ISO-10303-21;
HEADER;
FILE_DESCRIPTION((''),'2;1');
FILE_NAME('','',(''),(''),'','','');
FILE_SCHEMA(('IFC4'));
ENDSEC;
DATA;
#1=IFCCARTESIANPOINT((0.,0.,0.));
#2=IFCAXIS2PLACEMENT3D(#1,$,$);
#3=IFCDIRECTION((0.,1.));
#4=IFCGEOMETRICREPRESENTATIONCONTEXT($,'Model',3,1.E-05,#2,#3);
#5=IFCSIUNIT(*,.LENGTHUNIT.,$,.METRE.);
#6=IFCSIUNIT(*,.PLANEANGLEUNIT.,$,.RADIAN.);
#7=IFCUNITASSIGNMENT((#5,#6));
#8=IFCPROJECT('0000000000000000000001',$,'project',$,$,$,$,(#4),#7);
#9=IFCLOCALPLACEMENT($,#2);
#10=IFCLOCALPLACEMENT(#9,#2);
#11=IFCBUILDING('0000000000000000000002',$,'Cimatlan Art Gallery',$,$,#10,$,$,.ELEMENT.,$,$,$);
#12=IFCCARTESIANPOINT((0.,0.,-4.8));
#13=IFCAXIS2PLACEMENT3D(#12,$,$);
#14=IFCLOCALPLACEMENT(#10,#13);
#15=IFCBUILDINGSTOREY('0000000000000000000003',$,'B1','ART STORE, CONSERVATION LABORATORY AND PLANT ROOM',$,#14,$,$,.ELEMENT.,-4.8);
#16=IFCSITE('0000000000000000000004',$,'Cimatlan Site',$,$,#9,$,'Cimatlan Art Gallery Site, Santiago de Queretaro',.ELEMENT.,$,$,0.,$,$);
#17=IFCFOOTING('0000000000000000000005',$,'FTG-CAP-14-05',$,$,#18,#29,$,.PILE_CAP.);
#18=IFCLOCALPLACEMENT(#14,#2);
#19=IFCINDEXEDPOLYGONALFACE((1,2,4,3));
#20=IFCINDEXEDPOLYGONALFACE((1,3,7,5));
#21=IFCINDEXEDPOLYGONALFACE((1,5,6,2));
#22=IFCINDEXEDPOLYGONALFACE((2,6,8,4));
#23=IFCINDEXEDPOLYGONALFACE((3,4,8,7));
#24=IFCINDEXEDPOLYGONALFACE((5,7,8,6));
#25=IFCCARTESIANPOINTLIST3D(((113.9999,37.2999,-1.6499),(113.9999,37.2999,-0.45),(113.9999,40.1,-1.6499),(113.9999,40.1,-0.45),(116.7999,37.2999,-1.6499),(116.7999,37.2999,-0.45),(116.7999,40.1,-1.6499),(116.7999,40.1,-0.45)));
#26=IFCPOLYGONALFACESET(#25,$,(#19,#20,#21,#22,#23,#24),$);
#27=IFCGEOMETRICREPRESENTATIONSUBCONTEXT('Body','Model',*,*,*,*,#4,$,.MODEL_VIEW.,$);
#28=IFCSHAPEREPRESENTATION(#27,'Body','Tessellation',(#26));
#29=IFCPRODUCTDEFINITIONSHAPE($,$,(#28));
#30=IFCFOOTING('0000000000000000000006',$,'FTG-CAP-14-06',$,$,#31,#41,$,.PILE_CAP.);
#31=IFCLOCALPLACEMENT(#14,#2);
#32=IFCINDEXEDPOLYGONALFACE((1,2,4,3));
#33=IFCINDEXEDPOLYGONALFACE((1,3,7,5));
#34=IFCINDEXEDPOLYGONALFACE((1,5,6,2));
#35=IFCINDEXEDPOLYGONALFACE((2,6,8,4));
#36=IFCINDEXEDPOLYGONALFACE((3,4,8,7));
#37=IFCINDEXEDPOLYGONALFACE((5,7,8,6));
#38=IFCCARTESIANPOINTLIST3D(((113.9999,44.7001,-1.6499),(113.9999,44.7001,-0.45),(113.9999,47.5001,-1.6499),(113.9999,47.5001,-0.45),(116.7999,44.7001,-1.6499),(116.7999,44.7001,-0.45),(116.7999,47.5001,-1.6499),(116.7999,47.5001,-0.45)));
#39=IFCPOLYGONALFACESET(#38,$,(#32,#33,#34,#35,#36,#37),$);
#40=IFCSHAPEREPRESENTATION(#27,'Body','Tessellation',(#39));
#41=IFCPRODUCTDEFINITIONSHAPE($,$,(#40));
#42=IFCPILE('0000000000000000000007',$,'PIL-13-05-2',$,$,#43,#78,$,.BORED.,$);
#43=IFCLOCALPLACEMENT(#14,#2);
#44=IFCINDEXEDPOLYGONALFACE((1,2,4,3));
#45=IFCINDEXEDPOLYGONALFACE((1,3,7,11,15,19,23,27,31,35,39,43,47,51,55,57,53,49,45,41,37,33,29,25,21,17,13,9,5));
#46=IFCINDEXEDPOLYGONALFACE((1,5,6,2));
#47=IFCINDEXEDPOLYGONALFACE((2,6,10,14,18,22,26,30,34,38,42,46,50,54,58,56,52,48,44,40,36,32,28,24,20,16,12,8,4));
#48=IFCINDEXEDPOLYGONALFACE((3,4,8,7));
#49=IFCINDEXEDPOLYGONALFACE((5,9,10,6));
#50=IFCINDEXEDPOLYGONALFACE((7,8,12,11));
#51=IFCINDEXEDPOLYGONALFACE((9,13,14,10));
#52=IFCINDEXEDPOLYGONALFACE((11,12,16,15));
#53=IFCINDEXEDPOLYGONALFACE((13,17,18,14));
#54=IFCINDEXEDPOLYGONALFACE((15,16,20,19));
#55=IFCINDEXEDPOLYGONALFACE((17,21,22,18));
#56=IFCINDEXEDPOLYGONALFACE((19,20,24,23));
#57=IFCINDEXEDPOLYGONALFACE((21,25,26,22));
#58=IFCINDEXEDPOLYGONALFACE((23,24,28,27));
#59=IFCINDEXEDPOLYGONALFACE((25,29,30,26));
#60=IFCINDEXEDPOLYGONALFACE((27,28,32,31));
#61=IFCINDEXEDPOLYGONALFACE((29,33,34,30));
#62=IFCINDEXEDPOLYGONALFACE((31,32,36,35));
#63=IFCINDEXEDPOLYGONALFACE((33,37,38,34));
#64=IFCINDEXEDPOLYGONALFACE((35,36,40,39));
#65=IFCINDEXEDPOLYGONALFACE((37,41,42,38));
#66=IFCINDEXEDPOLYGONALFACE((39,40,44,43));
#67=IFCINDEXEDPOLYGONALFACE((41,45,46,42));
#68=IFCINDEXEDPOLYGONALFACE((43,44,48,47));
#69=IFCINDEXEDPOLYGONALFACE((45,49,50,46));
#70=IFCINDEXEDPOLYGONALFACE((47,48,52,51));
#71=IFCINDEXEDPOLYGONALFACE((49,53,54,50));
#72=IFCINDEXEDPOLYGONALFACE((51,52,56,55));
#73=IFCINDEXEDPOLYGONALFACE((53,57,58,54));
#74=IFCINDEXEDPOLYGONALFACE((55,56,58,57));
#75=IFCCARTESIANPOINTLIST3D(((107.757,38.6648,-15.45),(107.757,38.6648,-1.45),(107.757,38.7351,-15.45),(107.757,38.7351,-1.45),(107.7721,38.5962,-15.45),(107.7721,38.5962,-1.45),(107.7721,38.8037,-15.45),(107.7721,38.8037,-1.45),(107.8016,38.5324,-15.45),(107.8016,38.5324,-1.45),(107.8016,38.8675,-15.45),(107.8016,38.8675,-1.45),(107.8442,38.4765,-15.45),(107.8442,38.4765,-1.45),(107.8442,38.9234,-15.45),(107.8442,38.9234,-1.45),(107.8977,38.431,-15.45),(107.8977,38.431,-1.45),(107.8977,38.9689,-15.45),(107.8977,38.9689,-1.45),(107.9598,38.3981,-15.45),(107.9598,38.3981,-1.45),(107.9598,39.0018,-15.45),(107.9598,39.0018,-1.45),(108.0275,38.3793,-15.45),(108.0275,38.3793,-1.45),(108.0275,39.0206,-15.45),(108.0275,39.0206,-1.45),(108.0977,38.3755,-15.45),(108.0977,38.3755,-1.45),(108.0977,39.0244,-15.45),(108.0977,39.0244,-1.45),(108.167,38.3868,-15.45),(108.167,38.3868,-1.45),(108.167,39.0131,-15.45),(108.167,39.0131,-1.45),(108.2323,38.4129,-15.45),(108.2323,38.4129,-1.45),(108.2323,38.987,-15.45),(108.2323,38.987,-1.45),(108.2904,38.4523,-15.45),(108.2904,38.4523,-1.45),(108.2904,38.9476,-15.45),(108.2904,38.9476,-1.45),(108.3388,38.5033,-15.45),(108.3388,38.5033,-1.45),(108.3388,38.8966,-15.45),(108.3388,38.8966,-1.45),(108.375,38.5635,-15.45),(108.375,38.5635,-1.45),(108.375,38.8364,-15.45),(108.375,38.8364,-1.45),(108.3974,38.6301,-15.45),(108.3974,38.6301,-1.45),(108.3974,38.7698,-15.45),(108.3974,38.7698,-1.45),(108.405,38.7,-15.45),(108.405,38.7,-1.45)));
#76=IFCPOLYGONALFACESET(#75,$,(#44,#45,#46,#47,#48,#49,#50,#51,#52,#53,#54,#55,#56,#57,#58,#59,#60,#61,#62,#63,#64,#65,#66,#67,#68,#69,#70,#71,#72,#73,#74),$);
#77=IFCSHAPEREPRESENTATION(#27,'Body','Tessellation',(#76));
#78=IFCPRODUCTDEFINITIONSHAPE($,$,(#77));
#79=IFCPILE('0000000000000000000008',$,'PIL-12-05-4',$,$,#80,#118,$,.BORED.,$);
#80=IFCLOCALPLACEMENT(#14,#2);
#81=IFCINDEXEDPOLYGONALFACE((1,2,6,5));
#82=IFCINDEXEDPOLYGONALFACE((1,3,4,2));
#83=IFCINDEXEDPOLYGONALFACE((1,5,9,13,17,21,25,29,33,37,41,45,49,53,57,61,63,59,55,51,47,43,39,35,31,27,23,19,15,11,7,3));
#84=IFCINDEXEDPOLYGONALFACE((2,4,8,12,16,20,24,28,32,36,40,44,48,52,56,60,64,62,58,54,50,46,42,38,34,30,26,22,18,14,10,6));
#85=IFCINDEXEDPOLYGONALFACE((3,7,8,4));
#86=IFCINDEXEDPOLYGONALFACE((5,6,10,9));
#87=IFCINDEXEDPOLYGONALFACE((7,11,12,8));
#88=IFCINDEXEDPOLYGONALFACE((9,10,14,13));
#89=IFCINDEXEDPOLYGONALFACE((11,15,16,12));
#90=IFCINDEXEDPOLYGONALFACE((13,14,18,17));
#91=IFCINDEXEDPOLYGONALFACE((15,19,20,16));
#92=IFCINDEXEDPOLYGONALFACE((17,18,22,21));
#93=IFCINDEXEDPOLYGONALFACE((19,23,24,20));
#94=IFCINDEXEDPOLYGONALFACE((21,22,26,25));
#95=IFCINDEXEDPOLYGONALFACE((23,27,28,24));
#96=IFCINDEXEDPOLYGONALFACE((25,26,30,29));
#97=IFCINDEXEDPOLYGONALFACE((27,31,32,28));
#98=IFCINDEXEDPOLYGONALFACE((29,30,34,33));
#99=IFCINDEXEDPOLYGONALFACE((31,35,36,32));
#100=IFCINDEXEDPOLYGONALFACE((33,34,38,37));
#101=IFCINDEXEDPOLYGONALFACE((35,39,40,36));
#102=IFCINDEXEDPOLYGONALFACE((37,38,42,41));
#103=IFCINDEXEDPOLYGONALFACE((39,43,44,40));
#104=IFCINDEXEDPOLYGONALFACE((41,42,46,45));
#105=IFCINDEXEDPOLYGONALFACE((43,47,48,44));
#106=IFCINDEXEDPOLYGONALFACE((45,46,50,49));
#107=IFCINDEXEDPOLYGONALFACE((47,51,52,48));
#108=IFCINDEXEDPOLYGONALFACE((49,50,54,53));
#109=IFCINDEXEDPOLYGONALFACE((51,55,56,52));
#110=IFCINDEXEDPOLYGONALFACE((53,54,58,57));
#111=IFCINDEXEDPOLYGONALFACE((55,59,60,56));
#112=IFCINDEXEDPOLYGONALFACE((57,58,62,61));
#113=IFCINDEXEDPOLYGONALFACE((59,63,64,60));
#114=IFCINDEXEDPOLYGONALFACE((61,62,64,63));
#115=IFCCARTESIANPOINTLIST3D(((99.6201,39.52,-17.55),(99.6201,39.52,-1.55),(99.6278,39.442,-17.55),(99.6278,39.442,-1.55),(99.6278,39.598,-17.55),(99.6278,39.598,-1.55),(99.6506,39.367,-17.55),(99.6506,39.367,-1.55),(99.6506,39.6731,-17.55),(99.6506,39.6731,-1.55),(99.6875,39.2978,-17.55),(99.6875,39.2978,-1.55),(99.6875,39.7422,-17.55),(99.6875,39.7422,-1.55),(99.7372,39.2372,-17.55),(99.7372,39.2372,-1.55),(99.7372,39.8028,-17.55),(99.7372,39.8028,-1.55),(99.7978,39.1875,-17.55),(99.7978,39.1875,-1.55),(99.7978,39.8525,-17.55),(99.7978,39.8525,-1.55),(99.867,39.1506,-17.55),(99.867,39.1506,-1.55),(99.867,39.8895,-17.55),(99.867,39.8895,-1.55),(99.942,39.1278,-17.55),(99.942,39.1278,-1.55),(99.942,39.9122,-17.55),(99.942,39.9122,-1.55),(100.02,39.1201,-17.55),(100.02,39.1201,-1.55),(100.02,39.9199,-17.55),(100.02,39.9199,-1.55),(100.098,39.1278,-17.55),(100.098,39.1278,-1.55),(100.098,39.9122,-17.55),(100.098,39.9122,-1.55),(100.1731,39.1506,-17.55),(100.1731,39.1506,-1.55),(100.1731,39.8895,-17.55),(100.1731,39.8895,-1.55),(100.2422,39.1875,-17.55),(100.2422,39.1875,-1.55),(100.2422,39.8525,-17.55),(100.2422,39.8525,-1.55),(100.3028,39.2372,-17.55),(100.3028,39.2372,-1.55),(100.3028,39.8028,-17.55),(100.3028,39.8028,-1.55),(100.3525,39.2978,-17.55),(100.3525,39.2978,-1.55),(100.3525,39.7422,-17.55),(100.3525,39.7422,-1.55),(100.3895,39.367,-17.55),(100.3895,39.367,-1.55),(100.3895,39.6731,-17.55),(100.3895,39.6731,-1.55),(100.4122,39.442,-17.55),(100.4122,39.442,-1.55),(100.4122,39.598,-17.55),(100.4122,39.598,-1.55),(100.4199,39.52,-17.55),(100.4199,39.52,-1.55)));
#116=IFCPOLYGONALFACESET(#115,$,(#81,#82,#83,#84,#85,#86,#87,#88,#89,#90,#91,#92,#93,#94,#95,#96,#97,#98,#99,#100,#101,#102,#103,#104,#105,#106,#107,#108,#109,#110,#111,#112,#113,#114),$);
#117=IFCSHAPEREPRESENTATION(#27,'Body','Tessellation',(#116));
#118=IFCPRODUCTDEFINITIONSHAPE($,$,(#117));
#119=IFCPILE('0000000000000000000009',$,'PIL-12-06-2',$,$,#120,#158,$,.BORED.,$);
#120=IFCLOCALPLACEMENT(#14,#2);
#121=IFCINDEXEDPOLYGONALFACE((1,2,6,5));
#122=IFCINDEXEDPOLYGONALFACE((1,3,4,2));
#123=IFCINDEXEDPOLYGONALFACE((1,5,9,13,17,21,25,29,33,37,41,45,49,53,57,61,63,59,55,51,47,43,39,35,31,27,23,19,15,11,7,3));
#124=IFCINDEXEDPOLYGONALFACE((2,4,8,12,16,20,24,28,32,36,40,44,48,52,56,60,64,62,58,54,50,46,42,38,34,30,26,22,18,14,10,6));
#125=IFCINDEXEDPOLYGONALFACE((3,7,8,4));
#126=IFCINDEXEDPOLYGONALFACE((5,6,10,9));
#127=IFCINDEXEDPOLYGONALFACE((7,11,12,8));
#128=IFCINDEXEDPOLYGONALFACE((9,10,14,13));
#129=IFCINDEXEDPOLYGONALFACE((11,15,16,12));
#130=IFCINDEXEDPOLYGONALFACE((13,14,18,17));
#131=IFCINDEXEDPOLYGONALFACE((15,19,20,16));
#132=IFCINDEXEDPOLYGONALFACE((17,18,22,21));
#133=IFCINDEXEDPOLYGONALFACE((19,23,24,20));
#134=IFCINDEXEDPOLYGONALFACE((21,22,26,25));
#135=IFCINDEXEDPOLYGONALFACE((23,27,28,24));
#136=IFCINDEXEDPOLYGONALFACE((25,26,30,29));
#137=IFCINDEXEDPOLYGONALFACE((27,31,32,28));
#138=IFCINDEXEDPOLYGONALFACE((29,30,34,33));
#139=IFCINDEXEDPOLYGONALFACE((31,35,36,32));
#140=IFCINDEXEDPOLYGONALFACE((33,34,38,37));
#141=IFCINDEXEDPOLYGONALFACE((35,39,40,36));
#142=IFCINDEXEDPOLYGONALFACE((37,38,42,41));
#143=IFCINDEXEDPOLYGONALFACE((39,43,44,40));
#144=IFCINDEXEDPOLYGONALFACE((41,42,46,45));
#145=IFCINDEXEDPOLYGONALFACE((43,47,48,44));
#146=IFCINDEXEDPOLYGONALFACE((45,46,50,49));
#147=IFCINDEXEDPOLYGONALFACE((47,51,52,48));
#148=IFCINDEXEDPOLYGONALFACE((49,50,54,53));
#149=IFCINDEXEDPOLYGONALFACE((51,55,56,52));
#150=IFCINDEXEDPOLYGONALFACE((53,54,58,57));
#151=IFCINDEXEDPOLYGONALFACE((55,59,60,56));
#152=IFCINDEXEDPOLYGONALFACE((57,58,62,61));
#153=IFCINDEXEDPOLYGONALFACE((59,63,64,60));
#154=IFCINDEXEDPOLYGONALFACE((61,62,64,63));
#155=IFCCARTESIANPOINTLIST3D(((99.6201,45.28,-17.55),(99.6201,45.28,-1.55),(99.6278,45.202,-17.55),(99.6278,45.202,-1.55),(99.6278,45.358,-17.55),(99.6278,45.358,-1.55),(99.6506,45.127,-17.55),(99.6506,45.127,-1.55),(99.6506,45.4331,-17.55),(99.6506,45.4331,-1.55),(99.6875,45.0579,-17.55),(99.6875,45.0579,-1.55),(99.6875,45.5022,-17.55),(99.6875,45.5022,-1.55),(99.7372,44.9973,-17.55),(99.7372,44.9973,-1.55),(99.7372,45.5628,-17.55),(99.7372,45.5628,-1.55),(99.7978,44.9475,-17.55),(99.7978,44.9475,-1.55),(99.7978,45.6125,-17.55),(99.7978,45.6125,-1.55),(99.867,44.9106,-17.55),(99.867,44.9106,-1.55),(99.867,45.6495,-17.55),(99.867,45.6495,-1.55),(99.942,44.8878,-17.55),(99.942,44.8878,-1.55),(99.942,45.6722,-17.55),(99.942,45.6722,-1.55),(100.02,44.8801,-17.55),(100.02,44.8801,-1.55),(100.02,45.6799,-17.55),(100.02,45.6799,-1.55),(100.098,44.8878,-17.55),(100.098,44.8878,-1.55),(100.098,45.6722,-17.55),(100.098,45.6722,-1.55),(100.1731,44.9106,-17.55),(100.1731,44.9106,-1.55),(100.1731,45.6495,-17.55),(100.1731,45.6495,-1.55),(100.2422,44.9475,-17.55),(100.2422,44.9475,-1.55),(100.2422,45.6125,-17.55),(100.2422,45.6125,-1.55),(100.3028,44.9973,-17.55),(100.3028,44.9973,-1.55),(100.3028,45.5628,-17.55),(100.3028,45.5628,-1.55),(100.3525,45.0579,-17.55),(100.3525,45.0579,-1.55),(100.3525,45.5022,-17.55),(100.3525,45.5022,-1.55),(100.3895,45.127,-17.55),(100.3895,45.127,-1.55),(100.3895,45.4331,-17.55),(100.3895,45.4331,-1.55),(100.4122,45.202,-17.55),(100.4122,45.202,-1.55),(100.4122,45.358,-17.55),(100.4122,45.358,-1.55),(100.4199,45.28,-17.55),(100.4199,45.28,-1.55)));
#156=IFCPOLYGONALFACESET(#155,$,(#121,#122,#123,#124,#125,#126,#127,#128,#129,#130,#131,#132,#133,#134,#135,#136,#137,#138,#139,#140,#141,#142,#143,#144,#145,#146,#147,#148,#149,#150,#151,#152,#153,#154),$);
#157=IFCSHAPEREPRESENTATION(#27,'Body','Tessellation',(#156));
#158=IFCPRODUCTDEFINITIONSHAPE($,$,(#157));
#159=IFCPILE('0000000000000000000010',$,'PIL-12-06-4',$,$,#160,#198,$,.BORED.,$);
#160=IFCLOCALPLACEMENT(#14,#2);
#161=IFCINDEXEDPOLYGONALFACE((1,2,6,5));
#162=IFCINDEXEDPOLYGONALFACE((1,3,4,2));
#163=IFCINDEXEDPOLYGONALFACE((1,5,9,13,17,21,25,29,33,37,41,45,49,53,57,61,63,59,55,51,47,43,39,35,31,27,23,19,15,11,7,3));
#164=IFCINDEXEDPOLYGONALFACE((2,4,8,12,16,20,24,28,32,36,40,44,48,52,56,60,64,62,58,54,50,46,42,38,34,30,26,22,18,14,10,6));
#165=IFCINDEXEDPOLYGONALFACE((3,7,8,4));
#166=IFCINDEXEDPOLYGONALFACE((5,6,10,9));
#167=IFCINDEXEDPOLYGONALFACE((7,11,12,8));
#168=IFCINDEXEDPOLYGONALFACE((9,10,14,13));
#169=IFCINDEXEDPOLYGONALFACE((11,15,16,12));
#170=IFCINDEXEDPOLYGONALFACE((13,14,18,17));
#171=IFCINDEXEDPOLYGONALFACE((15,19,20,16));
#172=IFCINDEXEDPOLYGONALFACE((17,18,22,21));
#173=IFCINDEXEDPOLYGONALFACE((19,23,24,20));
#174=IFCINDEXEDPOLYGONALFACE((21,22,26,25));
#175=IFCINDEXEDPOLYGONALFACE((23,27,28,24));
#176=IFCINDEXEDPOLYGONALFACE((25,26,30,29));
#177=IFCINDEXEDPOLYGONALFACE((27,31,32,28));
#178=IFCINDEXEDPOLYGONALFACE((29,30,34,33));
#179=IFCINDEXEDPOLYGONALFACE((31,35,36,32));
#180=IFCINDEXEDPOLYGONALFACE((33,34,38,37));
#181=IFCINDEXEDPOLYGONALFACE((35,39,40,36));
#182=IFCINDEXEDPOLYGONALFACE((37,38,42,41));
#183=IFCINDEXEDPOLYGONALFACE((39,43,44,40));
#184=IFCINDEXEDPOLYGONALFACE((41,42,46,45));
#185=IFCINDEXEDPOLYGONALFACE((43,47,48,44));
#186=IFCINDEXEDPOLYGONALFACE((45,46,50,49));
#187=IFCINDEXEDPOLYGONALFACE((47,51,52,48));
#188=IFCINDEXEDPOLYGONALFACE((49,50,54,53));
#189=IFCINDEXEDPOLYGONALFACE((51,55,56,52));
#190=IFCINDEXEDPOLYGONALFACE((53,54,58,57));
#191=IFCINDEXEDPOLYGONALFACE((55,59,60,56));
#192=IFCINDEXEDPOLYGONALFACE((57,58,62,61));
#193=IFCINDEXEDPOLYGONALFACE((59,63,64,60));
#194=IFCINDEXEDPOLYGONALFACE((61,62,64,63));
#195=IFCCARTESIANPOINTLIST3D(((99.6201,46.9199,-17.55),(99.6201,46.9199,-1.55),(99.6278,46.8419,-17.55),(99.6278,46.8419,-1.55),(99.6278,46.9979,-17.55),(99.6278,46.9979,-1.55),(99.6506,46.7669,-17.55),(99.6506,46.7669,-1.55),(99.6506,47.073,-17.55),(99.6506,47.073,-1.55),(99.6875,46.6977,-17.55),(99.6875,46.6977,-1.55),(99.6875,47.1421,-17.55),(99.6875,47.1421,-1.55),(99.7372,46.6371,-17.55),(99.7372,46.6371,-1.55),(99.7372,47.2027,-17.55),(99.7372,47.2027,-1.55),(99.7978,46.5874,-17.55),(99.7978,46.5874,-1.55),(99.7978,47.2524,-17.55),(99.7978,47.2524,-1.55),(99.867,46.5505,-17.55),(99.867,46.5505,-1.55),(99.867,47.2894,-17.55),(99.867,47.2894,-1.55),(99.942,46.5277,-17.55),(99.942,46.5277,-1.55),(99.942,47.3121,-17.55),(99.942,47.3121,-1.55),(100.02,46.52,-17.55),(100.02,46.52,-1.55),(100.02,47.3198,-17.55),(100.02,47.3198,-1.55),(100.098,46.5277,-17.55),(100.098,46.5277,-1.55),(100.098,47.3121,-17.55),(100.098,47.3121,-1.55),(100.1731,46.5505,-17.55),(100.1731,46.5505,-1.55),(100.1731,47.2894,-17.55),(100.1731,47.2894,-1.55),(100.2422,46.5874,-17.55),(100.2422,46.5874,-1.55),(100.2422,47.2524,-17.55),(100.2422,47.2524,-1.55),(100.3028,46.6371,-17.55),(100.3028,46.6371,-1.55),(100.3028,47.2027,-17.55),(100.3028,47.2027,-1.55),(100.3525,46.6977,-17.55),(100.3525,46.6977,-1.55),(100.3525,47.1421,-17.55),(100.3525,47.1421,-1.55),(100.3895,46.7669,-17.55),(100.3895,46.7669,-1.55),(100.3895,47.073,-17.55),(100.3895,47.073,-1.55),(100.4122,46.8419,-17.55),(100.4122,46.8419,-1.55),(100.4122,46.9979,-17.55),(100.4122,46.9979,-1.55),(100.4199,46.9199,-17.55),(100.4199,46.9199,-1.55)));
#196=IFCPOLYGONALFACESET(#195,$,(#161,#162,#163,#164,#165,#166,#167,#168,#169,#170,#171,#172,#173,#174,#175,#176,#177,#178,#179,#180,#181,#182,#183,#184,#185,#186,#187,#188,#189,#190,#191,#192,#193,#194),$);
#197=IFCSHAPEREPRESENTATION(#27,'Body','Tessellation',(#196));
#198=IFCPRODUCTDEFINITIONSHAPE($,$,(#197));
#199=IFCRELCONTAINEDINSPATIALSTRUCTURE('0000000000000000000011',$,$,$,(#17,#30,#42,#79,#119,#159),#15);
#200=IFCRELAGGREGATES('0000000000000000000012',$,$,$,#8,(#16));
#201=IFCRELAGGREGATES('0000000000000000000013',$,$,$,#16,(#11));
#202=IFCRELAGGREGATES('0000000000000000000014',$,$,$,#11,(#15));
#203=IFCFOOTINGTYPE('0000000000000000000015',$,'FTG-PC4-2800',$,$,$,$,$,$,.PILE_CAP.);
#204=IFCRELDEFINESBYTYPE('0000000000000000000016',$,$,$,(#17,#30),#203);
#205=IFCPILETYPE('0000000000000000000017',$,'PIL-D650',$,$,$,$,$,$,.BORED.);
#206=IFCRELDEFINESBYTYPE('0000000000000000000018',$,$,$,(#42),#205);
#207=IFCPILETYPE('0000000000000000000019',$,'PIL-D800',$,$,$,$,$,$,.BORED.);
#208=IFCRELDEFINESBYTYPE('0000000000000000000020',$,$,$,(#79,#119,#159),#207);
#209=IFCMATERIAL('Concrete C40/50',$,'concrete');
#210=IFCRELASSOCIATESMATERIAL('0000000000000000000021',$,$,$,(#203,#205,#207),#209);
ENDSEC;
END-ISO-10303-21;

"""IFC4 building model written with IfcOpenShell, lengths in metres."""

from ifc_helpers import new_model, si_unit, direction, frame, origin, origin_2d, place, context, subcontext, project, spatial, rectangle, circle, extrude, material, type_object, element, save


model = new_model("IFC4")

# Units and contexts
model_context = context("Model", 3, precision=1e-05, world=origin(), true_north=direction((0.0, 1.0)))
body_context = subcontext(model_context, "Body", "Model", "MODEL_VIEW")
ifc_project = project(units=[si_unit("LENGTHUNIT", "METRE"), si_unit("PLANEANGLEUNIT", "RADIAN")], contexts=[model_context])

# Site, building, storey
site_placement = place(None, origin())
site = spatial("IfcSite", under=ifc_project, at=site_placement, Name="Cimatlan Site", LongName="Cimatlan Art Gallery Site, Santiago de Queretaro", CompositionType="ELEMENT", RefElevation=0.0)
building_placement = place(site_placement, origin())
building = spatial("IfcBuilding", under=site, at=building_placement, Name="Cimatlan Art Gallery", CompositionType="ELEMENT")
storey_placement = place(building_placement, frame((0.0, 0.0, -4.8)))
storey = spatial("IfcBuildingStorey", under=building, at=storey_placement, Name="B1", Description="ART STORE, CONSERVATION LABORATORY AND PLANT ROOM", CompositionType="ELEMENT", Elevation=-4.8)

# Footings
ifc_material_1 = material(Name="Concrete C40/50", Category="concrete")
footing_type = type_object("IfcFootingType", Name="FTG-PC4-2800", PredefinedType="PILE_CAP", material=ifc_material_1)
for number, where, z_axis, x_axis, name in (
    (1, (115.3999, 38.7, -1.6499), (0.0, 0.0, 1.0), (1.0, 0.0, 0.0), "FTG-CAP-14-05"),
    (2, (115.3999, 46.1001, -1.6499), (0.0, 0.0, 1.0), (1.0, 0.0, 0.0), "FTG-CAP-14-06"),
):
    element("IfcFooting", number, at=place(storey_placement, frame(where, z_axis=z_axis, x_axis=x_axis)), inside=storey, type_object=footing_type, Name=name, PredefinedType="PILE_CAP", context=body_context, shape_type="SweptSolid", body=[
        extrude(rectangle(XDim=2.8, YDim=2.8, at=origin_2d()), origin(), (0.0, 0.0, 1.0), 1.2),
    ])

# Piles
pile_type_1 = type_object("IfcPileType", Name="PIL-D650", PredefinedType="BORED", material=ifc_material_1)
pile_placement = place(storey_placement, frame((108.0801, 38.7, -1.45), z_axis=(0.0, 0.0, -1.0), x_axis=(1.0, 0.0, 0.0)))
element("IfcPile", 3, at=pile_placement, inside=storey, type_object=pile_type_1, Name="PIL-13-05-2", PredefinedType="BORED", context=body_context, shape_type="SweptSolid", body=[
    extrude(circle(Radius=0.325, at=origin_2d()), origin(), (0.0, 0.0, 1.0), 14.0),
])
pile_type_2 = type_object("IfcPileType", Name="PIL-D800", PredefinedType="BORED", material=ifc_material_1)
for number, where, z_axis, x_axis, name in (
    (4, (100.02, 39.52, -1.55), (0.0, 0.0, -1.0), (1.0, 0.0, 0.0), "PIL-12-05-4"),
    (5, (100.02, 45.28, -1.55), (0.0, 0.0, -1.0), (1.0, 0.0, 0.0), "PIL-12-06-2"),
    (6, (100.02, 46.9199, -1.55), (0.0, 0.0, -1.0), (1.0, 0.0, 0.0), "PIL-12-06-4"),
):
    element("IfcPile", number, at=place(storey_placement, frame(where, z_axis=z_axis, x_axis=x_axis)), inside=storey, type_object=pile_type_2, Name=name, PredefinedType="BORED", context=body_context, shape_type="SweptSolid", body=[
        extrude(circle(Radius=0.3999, at=origin_2d()), origin(), (0.0, 0.0, 1.0), 16.0),
    ])

save(model, "model.ifc")
